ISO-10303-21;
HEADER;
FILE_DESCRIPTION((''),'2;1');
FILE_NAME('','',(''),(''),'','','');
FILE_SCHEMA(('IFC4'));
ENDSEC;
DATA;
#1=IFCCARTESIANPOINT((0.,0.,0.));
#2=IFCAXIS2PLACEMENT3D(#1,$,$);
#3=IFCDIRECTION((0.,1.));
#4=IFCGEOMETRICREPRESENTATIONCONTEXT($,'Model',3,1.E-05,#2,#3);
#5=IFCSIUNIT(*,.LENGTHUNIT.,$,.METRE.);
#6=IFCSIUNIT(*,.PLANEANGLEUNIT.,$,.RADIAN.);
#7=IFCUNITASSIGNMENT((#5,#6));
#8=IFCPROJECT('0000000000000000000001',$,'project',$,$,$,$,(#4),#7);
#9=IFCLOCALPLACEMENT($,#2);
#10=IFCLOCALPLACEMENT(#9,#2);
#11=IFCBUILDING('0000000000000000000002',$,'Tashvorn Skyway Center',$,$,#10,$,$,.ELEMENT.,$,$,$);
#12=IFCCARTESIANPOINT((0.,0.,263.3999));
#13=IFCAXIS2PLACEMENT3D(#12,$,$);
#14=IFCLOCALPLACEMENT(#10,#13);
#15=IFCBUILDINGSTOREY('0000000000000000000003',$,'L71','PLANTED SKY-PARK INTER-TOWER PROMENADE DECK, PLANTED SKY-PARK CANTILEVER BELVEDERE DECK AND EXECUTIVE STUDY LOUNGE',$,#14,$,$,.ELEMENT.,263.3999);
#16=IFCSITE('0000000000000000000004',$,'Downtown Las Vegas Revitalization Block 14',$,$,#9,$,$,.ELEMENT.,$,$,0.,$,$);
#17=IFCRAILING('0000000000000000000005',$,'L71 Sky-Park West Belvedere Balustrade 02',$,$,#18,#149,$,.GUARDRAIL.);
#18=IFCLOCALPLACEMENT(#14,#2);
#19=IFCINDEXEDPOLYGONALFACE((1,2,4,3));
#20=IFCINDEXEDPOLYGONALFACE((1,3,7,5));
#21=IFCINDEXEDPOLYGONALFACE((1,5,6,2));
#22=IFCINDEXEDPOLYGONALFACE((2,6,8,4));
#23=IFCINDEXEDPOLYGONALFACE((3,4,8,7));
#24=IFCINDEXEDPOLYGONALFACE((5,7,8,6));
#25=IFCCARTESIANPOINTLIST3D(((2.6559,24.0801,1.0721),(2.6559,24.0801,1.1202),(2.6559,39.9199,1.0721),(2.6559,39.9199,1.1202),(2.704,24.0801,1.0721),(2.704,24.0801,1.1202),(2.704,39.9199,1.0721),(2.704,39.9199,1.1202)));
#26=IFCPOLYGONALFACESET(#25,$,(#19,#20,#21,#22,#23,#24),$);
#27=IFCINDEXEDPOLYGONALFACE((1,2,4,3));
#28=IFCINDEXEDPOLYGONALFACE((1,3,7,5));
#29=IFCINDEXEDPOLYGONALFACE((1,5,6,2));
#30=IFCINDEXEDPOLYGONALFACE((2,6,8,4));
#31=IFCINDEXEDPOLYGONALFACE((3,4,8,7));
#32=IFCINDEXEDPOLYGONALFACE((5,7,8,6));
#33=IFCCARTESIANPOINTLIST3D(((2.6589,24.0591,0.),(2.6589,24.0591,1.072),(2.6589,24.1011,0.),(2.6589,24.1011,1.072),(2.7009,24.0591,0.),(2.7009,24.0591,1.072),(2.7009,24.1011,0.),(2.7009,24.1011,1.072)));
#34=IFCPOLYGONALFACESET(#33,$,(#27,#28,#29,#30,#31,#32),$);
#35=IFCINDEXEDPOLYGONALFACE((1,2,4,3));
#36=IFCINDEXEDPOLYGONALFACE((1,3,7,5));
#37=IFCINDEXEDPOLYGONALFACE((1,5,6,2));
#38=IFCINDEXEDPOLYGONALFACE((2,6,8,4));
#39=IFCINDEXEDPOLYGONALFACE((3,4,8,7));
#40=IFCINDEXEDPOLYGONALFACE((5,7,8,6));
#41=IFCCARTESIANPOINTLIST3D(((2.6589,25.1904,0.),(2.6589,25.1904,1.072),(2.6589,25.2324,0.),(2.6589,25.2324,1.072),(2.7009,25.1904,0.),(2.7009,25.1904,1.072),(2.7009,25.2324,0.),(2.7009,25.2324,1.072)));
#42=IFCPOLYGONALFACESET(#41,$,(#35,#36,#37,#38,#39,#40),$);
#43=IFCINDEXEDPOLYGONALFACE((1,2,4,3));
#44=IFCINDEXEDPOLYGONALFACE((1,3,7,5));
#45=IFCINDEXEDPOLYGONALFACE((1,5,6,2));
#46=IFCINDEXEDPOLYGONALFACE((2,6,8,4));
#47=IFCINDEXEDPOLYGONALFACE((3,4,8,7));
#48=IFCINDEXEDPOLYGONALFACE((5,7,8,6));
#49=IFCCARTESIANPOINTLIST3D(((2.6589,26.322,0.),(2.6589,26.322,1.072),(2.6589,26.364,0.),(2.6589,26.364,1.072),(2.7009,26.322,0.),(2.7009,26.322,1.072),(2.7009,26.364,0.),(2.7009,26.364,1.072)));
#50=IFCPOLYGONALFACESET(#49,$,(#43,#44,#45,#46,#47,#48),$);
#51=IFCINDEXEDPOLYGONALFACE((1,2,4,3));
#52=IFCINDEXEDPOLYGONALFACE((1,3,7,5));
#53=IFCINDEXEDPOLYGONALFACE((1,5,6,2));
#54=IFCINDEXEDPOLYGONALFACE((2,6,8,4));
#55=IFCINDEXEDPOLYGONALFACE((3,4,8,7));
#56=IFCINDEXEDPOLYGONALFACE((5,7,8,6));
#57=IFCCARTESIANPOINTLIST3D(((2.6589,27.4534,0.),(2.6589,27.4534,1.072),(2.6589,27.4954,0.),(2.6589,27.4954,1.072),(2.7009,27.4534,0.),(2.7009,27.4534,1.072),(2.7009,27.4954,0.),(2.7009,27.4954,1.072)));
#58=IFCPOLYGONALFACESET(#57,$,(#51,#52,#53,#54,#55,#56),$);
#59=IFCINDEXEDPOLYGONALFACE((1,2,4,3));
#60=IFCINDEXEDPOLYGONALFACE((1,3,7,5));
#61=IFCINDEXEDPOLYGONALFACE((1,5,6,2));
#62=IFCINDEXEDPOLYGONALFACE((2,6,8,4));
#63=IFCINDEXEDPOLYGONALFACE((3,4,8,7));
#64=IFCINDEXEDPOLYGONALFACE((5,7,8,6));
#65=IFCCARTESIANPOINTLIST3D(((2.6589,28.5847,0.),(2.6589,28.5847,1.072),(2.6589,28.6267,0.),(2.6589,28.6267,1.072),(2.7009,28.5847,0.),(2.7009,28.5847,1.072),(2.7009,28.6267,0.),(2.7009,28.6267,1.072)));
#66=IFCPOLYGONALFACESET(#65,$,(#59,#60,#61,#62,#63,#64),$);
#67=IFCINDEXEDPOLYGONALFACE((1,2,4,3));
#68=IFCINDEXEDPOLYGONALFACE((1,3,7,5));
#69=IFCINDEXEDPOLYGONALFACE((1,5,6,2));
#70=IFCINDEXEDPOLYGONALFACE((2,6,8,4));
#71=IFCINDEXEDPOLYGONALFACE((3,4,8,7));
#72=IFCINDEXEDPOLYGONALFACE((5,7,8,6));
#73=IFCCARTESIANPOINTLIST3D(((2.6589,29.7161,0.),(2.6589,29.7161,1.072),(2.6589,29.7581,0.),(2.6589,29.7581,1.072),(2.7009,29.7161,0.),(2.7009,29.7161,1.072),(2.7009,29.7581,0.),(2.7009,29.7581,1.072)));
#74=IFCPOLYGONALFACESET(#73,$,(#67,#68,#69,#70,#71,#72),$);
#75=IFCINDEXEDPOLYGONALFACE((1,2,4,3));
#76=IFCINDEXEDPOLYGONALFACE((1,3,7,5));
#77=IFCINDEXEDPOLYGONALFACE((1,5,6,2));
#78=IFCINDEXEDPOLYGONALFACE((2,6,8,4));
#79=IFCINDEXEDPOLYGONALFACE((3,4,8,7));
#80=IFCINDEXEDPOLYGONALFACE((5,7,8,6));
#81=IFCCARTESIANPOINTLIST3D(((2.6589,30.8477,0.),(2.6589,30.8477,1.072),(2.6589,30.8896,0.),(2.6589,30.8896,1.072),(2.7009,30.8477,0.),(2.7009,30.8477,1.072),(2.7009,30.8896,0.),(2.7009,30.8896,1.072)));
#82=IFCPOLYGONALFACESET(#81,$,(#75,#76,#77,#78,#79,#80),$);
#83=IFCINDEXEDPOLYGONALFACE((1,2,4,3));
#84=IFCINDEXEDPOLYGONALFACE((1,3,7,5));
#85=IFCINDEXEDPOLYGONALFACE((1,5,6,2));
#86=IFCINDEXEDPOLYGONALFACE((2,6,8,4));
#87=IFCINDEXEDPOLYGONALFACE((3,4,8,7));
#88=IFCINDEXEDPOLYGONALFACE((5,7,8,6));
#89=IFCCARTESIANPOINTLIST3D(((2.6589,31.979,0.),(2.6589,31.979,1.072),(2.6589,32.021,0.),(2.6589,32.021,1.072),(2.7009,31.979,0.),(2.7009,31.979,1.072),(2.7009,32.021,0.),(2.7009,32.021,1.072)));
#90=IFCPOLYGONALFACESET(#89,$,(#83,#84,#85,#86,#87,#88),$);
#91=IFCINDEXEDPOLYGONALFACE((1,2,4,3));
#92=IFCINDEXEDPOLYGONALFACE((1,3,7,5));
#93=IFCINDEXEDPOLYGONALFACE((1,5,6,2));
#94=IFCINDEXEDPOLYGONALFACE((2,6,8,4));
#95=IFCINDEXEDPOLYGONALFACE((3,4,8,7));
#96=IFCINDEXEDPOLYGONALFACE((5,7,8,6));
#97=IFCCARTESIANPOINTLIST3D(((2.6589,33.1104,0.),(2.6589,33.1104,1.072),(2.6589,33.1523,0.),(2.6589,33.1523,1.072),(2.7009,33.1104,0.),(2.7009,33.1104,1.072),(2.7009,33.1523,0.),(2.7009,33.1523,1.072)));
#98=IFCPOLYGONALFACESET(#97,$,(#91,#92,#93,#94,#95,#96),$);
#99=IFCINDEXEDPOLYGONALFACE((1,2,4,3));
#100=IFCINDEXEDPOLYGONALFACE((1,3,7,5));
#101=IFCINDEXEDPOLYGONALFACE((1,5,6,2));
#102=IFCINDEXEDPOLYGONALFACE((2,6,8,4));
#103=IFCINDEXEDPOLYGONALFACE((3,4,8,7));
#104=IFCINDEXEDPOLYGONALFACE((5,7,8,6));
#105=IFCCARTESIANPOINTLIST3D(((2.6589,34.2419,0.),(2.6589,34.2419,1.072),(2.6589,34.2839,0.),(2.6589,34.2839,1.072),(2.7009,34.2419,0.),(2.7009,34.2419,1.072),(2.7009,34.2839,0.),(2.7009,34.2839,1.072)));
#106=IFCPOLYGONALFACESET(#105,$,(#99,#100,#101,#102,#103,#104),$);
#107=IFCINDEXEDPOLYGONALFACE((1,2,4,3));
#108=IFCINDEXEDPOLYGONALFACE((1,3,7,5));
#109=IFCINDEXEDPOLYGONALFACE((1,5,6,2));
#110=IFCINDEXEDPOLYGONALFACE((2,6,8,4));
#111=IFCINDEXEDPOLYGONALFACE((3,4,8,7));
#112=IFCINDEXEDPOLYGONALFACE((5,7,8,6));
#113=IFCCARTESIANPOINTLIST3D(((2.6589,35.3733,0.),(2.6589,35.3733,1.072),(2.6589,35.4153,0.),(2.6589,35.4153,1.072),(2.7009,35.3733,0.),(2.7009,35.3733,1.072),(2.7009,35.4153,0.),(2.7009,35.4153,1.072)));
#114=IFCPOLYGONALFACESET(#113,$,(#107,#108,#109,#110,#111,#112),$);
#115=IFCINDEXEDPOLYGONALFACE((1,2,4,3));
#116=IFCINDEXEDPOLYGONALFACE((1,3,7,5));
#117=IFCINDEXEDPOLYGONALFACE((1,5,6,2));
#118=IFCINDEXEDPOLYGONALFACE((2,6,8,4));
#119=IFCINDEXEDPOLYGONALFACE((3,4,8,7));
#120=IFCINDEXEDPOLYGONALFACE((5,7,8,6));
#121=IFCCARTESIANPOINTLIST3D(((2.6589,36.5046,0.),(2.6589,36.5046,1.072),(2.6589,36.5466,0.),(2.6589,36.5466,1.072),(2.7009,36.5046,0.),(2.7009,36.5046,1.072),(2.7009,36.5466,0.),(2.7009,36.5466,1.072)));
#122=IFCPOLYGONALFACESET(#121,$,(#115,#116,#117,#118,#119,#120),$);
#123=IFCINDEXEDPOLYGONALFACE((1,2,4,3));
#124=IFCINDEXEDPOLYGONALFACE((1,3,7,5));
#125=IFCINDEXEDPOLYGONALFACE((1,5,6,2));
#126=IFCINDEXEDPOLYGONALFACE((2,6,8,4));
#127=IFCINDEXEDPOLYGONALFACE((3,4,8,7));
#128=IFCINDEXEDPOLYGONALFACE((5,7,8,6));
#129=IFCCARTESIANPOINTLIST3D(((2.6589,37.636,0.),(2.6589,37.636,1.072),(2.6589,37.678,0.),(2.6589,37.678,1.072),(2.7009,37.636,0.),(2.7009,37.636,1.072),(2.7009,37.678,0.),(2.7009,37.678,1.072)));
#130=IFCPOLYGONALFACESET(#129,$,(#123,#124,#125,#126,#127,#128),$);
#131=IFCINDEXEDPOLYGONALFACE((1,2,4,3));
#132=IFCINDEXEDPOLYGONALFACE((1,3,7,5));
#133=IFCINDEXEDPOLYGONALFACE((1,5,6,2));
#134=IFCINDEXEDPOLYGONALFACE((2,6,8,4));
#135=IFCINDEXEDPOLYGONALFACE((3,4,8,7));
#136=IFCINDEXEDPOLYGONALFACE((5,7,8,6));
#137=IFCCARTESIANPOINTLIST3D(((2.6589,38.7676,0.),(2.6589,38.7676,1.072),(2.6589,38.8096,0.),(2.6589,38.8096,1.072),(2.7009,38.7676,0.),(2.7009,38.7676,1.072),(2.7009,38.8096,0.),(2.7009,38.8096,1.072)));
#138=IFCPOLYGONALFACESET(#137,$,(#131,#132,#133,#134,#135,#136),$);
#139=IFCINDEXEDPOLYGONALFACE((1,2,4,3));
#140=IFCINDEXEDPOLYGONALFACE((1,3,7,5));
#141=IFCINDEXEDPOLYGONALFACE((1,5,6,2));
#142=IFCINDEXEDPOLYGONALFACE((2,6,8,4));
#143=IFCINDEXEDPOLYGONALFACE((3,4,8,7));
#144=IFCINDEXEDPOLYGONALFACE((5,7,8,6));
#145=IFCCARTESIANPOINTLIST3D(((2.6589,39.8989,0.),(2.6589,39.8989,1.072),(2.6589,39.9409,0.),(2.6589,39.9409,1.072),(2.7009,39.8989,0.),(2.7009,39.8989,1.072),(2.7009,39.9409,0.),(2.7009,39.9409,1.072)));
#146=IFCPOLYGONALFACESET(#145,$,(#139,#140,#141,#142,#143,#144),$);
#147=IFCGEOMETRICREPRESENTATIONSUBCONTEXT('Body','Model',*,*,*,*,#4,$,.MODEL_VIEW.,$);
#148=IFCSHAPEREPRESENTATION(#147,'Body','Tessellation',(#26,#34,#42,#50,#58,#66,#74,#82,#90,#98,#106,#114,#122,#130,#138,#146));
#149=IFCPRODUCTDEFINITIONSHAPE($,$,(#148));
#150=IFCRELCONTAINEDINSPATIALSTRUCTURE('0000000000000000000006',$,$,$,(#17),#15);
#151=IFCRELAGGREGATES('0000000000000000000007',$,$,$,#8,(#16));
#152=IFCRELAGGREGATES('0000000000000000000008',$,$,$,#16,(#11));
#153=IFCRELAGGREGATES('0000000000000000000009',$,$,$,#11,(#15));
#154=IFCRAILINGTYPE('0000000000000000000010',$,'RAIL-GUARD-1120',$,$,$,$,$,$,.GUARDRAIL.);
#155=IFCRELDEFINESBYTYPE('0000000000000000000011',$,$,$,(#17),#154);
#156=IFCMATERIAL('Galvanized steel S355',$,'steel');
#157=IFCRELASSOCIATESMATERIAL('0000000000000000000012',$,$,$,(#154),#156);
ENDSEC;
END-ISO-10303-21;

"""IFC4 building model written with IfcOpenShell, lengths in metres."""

from ifc_helpers import new_model, si_unit, direction, frame, origin, origin_2d, place, context, subcontext, project, spatial, rectangle, extrude, material, type_object, element, save


model = new_model("IFC4")

# Units and contexts
model_context = context("Model", 3, precision=1e-05, world=origin(), true_north=direction((0.0, 1.0)))
body_context = subcontext(model_context, "Body", "Model", "MODEL_VIEW")
ifc_project = project(units=[si_unit("LENGTHUNIT", "METRE"), si_unit("PLANEANGLEUNIT", "RADIAN")], contexts=[model_context])

# Site, building, storey
site_placement = place(None, origin())
site = spatial("IfcSite", under=ifc_project, at=site_placement, Name="Downtown Las Vegas Revitalization Block 14", CompositionType="ELEMENT", RefElevation=0.0)
building_placement = place(site_placement, origin())
building = spatial("IfcBuilding", under=site, at=building_placement, Name="Tashvorn Skyway Center", CompositionType="ELEMENT")
storey_placement = place(building_placement, frame((0.0, 0.0, 263.3999)))
storey = spatial("IfcBuildingStorey", under=building, at=storey_placement, Name="L71", Description="PLANTED SKY-PARK INTER-TOWER PROMENADE DECK, PLANTED SKY-PARK CANTILEVER BELVEDERE DECK AND EXECUTIVE STUDY LOUNGE", CompositionType="ELEMENT", Elevation=263.3999)

# Shared definitions
ifc_material_1 = material(Name="Galvanized steel S355", Category="steel")

# Railing
railing_type = type_object("IfcRailingType", Name="RAIL-GUARD-1120", PredefinedType="GUARDRAIL", material=ifc_material_1)
railing_placement = place(storey_placement, frame((2.6799, 24.0801, 0.0)))
element("IfcRailing", 1, at=railing_placement, inside=storey, type_object=railing_type, Name="L71 Sky-Park West Belvedere Balustrade 02", PredefinedType="GUARDRAIL", context=body_context, shape_type="SweptSolid", body=[
    extrude(rectangle(XDim=0.0481, YDim=0.0481, at=origin_2d()), frame((0.0, 0.0, 1.0962), z_axis=(0.0, 1.0, 0.0), x_axis=(-1.0, 0.0, 0.0)), (0.0, 0.0, 1.0), 15.8398),
    extrude(rectangle(XDim=0.042, YDim=0.042, at=origin_2d()), origin(), (0.0, 0.0, 1.0), 1.072),
    extrude(rectangle(XDim=0.042, YDim=0.042, at=origin_2d()), frame((0.0, 1.1313, 0.0)), (0.0, 0.0, 1.0), 1.072),
    extrude(rectangle(XDim=0.042, YDim=0.042, at=origin_2d()), frame((0.0, 2.2629, 0.0)), (0.0, 0.0, 1.0), 1.072),
    extrude(rectangle(XDim=0.042, YDim=0.042, at=origin_2d()), frame((0.0, 3.3943, 0.0)), (0.0, 0.0, 1.0), 1.072),
    extrude(rectangle(XDim=0.042, YDim=0.042, at=origin_2d()), frame((0.0, 4.5256, 0.0)), (0.0, 0.0, 1.0), 1.072),
    extrude(rectangle(XDim=0.042, YDim=0.042, at=origin_2d()), frame((0.0, 5.657, 0.0)), (0.0, 0.0, 1.0), 1.072),
    extrude(rectangle(XDim=0.042, YDim=0.042, at=origin_2d()), frame((0.0, 6.7886, 0.0)), (0.0, 0.0, 1.0), 1.072),
    extrude(rectangle(XDim=0.042, YDim=0.042, at=origin_2d()), frame((0.0, 7.9199, 0.0)), (0.0, 0.0, 1.0), 1.072),
    extrude(rectangle(XDim=0.042, YDim=0.042, at=origin_2d()), frame((0.0, 9.0513, 0.0)), (0.0, 0.0, 1.0), 1.072),
    extrude(rectangle(XDim=0.042, YDim=0.042, at=origin_2d()), frame((0.0, 10.1829, 0.0)), (0.0, 0.0, 1.0), 1.072),
    extrude(rectangle(XDim=0.042, YDim=0.042, at=origin_2d()), frame((0.0, 11.3142, 0.0)), (0.0, 0.0, 1.0), 1.072),
    extrude(rectangle(XDim=0.042, YDim=0.042, at=origin_2d()), frame((0.0, 12.4456, 0.0)), (0.0, 0.0, 1.0), 1.072),
    extrude(rectangle(XDim=0.042, YDim=0.042, at=origin_2d()), frame((0.0, 13.5769, 0.0)), (0.0, 0.0, 1.0), 1.072),
    extrude(rectangle(XDim=0.042, YDim=0.042, at=origin_2d()), frame((0.0, 14.7085, 0.0)), (0.0, 0.0, 1.0), 1.072),
    extrude(rectangle(XDim=0.042, YDim=0.042, at=origin_2d()), frame((0.0, 15.8398, 0.0)), (0.0, 0.0, 1.0), 1.072),
])

save(model, "model.ifc")
